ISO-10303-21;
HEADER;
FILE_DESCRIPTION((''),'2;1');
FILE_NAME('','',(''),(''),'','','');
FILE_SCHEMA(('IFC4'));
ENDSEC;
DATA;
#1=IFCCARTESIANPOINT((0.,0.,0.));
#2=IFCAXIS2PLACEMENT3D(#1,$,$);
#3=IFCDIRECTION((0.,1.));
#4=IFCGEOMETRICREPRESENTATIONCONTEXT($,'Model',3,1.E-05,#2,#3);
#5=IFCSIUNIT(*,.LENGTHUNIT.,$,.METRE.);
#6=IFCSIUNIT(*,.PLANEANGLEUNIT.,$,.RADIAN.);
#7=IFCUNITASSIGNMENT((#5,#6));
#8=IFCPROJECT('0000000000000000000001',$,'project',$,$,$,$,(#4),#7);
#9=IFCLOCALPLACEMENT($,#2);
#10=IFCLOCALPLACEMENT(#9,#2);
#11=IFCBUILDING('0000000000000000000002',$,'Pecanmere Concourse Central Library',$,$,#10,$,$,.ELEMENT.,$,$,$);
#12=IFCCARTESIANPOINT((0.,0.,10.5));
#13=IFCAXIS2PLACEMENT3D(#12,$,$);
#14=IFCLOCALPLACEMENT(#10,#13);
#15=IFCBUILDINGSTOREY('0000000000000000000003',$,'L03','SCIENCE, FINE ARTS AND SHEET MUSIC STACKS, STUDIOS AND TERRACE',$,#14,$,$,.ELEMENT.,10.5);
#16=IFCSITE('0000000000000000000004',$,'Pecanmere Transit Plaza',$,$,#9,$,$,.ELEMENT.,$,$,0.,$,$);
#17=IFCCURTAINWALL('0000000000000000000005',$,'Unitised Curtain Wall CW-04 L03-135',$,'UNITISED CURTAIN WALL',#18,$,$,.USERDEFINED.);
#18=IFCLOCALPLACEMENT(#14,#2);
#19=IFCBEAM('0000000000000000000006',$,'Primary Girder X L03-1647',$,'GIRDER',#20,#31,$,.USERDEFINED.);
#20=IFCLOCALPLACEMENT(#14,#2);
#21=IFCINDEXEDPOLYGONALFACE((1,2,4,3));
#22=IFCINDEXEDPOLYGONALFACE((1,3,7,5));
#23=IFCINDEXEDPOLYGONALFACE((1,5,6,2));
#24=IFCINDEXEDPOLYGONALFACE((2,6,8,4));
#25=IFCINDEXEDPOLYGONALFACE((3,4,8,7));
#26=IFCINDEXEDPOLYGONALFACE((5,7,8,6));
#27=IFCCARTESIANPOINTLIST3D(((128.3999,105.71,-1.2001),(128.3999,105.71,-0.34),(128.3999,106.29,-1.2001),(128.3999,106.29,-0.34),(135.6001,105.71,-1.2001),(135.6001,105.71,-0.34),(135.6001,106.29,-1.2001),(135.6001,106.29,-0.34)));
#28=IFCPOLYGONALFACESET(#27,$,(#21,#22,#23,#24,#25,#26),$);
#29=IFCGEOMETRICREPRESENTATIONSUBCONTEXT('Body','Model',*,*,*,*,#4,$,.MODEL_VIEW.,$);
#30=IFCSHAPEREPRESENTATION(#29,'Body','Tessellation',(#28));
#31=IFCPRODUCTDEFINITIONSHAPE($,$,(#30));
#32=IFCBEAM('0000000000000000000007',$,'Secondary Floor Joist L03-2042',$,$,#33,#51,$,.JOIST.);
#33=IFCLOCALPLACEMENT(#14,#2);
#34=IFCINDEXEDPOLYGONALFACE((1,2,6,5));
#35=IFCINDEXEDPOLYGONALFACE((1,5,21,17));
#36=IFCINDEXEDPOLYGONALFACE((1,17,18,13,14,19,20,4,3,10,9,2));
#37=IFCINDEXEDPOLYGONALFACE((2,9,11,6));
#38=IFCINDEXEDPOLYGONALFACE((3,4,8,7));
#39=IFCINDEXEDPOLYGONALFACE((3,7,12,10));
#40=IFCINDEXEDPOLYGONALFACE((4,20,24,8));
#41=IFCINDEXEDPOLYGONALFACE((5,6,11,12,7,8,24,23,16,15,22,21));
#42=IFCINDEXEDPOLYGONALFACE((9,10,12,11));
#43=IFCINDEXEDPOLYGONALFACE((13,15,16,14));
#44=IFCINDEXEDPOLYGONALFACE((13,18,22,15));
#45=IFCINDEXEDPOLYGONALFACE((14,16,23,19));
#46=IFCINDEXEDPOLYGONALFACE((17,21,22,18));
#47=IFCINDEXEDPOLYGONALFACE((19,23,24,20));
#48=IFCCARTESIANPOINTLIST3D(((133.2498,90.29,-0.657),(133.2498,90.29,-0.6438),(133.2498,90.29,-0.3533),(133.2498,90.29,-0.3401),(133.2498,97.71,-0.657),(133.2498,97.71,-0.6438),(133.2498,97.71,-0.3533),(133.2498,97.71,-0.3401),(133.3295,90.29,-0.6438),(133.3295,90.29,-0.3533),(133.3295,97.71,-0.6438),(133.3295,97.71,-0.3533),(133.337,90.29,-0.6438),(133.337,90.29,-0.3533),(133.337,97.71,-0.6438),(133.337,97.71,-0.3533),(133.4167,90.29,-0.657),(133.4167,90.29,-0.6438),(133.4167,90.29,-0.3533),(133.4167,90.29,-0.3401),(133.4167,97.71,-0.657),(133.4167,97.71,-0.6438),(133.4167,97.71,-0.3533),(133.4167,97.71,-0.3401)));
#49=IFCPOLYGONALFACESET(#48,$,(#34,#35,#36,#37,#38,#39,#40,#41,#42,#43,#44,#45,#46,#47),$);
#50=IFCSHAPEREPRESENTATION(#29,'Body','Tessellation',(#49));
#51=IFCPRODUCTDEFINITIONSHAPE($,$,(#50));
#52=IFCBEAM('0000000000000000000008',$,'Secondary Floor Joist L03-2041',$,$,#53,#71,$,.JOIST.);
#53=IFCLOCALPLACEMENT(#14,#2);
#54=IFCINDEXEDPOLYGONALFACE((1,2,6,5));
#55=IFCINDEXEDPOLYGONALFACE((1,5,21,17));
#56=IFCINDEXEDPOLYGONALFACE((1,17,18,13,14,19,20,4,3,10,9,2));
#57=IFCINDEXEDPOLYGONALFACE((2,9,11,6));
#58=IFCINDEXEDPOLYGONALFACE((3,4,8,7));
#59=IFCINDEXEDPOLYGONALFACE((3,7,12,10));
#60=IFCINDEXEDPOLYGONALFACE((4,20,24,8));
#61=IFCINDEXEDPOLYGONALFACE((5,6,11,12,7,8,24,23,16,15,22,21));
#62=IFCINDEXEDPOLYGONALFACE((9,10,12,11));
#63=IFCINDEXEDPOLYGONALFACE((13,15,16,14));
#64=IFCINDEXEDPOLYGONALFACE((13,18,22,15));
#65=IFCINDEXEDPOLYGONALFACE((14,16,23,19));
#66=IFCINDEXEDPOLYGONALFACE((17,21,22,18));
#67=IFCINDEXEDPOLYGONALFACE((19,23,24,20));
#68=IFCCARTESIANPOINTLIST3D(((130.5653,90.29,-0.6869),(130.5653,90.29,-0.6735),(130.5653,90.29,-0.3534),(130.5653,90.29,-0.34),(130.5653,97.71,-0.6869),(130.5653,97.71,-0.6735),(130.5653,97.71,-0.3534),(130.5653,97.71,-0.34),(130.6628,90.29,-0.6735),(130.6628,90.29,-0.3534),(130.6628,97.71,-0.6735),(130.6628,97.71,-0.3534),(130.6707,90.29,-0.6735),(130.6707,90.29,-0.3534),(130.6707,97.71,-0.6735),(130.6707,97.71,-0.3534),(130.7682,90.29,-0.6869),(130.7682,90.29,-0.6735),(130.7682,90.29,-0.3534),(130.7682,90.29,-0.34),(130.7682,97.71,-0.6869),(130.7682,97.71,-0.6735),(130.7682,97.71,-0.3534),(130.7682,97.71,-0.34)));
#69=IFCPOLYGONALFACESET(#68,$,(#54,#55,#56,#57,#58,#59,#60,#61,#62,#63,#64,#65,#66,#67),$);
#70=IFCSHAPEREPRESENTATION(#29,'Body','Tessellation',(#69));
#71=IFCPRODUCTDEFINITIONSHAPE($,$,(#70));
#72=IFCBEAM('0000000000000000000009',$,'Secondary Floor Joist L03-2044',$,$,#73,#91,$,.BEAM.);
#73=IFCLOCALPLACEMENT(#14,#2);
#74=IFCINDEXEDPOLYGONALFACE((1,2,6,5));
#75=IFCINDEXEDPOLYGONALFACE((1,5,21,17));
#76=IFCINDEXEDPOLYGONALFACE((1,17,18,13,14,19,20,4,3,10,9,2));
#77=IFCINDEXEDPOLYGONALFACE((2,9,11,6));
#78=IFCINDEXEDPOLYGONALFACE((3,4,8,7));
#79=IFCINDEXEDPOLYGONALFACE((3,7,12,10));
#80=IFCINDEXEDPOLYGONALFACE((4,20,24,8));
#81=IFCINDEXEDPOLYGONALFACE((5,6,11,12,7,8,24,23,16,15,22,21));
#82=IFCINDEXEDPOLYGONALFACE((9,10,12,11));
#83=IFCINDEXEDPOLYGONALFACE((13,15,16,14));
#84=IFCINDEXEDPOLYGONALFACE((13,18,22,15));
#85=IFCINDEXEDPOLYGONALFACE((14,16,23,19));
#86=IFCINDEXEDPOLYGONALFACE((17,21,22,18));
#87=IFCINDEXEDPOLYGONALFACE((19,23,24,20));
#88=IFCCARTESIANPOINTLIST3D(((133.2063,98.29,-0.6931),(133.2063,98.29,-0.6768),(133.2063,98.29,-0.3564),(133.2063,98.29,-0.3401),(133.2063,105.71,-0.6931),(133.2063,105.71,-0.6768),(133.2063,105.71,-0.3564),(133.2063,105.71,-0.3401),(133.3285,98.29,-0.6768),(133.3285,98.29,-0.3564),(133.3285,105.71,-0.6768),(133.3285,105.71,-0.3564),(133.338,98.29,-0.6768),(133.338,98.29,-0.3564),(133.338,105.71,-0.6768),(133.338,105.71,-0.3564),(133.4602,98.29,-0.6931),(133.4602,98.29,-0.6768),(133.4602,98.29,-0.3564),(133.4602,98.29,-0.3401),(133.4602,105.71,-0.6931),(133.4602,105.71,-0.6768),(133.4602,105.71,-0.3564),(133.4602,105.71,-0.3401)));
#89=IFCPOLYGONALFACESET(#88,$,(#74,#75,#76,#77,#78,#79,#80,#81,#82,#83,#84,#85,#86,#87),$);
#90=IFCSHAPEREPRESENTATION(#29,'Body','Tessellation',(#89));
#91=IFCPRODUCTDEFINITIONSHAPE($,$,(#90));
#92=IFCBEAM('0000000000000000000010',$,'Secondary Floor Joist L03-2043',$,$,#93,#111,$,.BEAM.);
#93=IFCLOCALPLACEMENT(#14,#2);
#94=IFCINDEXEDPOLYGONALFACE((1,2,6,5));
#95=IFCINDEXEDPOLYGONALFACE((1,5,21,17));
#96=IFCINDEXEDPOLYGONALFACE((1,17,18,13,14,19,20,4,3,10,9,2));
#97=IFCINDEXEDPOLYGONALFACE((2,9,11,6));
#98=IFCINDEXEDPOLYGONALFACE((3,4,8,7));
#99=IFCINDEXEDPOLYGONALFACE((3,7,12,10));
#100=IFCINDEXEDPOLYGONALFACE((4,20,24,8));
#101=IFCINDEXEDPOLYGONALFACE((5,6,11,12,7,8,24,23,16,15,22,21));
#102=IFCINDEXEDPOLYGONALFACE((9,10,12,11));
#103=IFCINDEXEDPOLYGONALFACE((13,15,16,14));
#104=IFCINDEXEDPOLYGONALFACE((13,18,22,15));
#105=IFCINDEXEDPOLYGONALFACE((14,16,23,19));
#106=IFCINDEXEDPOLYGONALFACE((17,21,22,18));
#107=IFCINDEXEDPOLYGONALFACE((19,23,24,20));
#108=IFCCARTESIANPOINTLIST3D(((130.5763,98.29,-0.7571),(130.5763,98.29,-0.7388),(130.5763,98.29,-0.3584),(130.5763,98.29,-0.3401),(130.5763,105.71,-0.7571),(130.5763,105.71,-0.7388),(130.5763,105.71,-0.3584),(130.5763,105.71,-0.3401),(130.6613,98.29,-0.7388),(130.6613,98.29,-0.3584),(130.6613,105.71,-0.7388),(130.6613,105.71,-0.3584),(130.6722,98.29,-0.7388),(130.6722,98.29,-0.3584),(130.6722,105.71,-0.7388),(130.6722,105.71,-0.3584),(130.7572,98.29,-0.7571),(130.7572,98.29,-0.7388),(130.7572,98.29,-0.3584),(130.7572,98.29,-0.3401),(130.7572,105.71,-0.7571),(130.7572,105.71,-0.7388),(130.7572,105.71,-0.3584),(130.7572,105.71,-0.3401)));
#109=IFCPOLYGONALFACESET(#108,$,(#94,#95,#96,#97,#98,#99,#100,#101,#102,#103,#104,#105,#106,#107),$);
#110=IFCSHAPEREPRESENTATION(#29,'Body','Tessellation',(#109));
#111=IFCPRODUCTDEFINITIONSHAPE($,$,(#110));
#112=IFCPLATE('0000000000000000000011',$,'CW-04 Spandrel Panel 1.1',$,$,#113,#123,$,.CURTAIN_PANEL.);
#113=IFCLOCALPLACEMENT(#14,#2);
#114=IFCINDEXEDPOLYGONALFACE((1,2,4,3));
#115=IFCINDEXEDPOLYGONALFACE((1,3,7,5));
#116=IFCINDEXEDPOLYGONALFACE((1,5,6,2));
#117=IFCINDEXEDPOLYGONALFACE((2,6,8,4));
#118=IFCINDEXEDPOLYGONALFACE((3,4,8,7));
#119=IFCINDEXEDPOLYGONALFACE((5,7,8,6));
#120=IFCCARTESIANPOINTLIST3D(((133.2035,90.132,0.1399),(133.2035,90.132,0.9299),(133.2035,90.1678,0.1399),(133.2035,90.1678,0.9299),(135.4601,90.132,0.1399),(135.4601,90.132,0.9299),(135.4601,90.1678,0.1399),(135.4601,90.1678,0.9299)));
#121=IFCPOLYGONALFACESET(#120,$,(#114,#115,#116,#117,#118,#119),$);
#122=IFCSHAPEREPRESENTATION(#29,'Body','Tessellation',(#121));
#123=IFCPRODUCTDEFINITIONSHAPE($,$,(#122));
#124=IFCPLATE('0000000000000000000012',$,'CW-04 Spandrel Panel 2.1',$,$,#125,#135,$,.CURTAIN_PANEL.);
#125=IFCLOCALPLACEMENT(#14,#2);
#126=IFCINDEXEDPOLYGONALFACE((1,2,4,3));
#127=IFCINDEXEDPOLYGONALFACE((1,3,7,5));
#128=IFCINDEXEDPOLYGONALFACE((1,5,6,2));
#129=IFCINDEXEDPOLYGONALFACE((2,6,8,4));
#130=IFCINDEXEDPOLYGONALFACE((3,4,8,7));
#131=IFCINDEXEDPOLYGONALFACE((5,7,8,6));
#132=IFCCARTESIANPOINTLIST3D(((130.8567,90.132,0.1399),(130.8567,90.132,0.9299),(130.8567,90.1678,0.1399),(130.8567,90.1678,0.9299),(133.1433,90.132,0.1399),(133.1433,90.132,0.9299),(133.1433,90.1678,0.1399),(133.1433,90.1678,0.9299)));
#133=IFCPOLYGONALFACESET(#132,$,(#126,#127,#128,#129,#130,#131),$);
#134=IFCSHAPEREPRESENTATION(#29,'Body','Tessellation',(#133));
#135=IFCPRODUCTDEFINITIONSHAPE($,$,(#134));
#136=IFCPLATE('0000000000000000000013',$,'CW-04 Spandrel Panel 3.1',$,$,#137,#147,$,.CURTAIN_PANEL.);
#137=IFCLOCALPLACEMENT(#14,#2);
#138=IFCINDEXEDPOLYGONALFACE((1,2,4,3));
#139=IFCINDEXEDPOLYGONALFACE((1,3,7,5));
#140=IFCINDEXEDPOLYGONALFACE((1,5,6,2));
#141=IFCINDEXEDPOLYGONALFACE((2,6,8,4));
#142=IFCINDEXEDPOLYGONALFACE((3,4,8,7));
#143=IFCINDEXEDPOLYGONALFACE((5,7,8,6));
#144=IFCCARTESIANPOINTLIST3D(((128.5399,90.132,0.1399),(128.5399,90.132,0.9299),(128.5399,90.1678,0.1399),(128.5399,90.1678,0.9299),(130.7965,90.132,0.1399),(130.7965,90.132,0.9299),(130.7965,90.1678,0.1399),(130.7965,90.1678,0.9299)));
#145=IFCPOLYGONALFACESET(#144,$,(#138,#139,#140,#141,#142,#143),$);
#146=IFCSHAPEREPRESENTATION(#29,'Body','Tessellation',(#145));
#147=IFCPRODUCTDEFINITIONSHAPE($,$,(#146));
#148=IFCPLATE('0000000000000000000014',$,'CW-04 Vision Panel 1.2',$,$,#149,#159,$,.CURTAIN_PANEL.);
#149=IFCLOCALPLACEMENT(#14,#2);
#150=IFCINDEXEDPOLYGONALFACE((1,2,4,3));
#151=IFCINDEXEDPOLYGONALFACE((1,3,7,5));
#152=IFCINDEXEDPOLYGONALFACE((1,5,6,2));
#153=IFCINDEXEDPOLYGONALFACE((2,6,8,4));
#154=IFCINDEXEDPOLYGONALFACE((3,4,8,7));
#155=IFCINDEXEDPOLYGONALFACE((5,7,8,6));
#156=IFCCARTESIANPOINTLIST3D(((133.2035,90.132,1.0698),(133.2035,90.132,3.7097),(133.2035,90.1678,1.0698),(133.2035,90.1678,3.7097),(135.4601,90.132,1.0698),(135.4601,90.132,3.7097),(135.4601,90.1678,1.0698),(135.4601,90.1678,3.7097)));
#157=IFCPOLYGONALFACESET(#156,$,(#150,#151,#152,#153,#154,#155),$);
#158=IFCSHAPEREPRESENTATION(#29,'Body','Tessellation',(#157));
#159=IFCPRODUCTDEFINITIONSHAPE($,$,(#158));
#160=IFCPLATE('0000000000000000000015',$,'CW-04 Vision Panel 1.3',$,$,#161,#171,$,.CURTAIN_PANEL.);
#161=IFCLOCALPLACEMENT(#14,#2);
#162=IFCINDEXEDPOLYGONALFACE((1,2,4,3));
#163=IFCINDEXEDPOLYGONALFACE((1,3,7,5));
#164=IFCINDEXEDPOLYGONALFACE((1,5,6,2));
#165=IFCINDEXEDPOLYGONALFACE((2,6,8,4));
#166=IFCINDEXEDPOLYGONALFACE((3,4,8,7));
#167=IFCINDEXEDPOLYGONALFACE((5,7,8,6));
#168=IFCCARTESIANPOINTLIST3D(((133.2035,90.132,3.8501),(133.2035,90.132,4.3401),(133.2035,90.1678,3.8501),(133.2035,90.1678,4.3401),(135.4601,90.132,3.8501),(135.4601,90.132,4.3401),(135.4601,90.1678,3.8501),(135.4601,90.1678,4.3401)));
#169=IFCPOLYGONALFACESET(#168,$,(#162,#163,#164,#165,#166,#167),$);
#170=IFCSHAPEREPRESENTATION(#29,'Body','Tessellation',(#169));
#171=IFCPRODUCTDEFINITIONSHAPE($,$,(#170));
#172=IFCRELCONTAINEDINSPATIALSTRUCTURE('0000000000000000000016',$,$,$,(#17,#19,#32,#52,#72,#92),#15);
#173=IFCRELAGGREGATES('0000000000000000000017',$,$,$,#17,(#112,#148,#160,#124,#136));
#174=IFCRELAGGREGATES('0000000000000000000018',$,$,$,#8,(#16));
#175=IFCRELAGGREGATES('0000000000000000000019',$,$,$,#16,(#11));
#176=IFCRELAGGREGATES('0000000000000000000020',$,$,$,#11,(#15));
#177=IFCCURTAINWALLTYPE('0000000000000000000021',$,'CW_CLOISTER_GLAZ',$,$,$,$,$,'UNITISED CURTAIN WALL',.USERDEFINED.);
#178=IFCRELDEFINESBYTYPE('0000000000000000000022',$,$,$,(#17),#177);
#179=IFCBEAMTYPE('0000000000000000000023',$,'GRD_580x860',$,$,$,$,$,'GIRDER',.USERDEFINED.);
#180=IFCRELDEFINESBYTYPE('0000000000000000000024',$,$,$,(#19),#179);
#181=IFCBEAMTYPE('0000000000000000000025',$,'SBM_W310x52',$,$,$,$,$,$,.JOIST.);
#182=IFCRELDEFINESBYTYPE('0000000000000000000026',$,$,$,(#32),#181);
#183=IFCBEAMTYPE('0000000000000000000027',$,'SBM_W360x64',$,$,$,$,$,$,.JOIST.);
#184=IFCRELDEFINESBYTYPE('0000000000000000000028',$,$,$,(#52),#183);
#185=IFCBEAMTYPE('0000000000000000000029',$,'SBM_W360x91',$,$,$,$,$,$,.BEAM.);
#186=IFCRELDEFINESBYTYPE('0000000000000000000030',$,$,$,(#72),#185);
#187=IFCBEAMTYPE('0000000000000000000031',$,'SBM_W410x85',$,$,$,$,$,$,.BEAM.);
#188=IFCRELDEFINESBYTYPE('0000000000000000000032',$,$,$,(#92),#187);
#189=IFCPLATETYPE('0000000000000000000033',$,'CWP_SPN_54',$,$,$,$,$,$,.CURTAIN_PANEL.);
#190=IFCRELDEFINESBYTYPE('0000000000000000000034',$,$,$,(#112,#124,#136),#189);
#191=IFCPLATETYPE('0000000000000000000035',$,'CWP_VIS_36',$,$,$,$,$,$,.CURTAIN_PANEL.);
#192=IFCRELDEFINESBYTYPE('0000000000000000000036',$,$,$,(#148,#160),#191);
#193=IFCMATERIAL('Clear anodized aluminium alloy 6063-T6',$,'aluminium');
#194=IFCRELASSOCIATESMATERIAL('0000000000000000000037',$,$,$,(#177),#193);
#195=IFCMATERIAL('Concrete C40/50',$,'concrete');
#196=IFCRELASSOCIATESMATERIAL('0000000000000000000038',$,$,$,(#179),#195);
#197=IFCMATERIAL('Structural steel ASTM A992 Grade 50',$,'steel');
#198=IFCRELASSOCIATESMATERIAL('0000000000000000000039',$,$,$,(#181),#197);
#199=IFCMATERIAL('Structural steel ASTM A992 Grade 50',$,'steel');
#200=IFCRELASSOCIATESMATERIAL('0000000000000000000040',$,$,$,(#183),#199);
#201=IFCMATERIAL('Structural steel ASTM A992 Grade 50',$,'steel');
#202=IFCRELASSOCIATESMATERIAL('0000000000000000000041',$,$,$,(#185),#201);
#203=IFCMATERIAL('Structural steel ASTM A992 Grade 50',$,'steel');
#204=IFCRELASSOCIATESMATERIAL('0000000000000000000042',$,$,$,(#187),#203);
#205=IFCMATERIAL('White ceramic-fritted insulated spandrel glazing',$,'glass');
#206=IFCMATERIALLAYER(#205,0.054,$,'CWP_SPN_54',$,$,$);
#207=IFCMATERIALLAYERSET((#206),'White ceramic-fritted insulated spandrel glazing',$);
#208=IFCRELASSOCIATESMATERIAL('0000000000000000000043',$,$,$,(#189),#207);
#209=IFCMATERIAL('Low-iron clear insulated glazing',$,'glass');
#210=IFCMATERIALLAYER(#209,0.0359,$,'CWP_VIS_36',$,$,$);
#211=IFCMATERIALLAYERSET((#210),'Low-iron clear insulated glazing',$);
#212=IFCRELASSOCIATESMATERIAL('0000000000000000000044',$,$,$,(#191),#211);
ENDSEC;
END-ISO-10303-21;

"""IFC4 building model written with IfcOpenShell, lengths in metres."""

from ifc_helpers import new_model, si_unit, direction, frame, origin, origin_2d, place, context, subcontext, project, spatial, rectangle, i_section, extrude, material, layer, layer_set, material_profile, profile_set, type_object, element, aggregate, save


model = new_model("IFC4")

# Units and contexts
model_context = context("Model", 3, precision=1e-05, world=origin(), true_north=direction((0.0, 1.0)))
body_context = subcontext(model_context, "Body", "Model", "MODEL_VIEW")
ifc_project = project(units=[si_unit("LENGTHUNIT", "METRE"), si_unit("PLANEANGLEUNIT", "RADIAN")], contexts=[model_context])

# Site, building, storey
site_placement = place(None, origin())
site = spatial("IfcSite", under=ifc_project, at=site_placement, Name="Pecanmere Transit Plaza", CompositionType="ELEMENT", RefElevation=0.0)
building_placement = place(site_placement, origin())
building = spatial("IfcBuilding", under=site, at=building_placement, Name="Pecanmere Concourse Central Library", CompositionType="ELEMENT")
storey_placement = place(building_placement, frame((0.0, 0.0, 10.5)))
storey = spatial("IfcBuildingStorey", under=building, at=storey_placement, Name="L03", Description="SCIENCE, FINE ARTS AND SHEET MUSIC STACKS, STUDIOS AND TERRACE", CompositionType="ELEMENT", Elevation=10.5)

# Curtain wall
ifc_material_1 = material(Name="Clear anodized aluminium alloy 6063-T6", Category="aluminium")
curtain_wall_type = type_object("IfcCurtainWallType", Name="CW_CLOISTER_GLAZ", ElementType="UNITISED CURTAIN WALL", PredefinedType="USERDEFINED", material=ifc_material_1)
curtain_wall_placement = place(storey_placement, origin())
curtain_wall = element("IfcCurtainWall", 1, at=curtain_wall_placement, inside=storey, type_object=curtain_wall_type, Name="Unitised Curtain Wall CW-04 L03-135", ObjectType="UNITISED CURTAIN WALL", PredefinedType="USERDEFINED")

# Beams
ifc_material_2 = material(Name="Concrete C40/50", Category="concrete")
ifc_material_profile_1 = material_profile(ifc_material_2, rectangle(XDim=0.5801, YDim=0.8601, at=origin_2d()), Name="RC 580x860")
ifc_profile_set_1 = profile_set([ifc_material_profile_1], Name="Concrete C40/50")
beam_type_1 = type_object("IfcBeamType", Name="GRD_580x860", ElementType="GIRDER", PredefinedType="USERDEFINED", material=ifc_profile_set_1)
for number, where, z_axis, x_axis, name in (
    (2, (128.3999, 106.0, -0.77), (1.0, 0.0, 0.0), (0.0, 1.0, 0.0), "Primary Girder X L03-1647"),
):
    element("IfcBeam", number, at=place(storey_placement, frame(where, z_axis=z_axis, x_axis=x_axis)), inside=storey, type_object=beam_type_1, Name=name, ObjectType="GIRDER", PredefinedType="USERDEFINED", context=body_context, shape_type="SweptSolid", body=[
        extrude(rectangle(XDim=0.5801, YDim=0.8601, at=origin_2d()), origin(), (0.0, 0.0, 1.0), 7.2002),
    ])
ifc_material_3 = material(Name="Structural steel ASTM A992 Grade 50", Category="steel")
ifc_material_profile_2 = material_profile(ifc_material_3, i_section(OverallWidth=0.167, OverallDepth=0.3169, WebThickness=0.0076, FlangeThickness=0.0132, at=origin_2d()), Name="W310x52")
ifc_profile_set_2 = profile_set([ifc_material_profile_2], Name="Structural steel ASTM A992 Grade 50")
beam_type_2 = type_object("IfcBeamType", Name="SBM_W310x52", PredefinedType="JOIST", material=ifc_profile_set_2)
beam_1_placement = place(storey_placement, frame((133.3333, 90.29, -0.4985), z_axis=(0.0, 1.0, 0.0), x_axis=(-1.0, 0.0, 0.0)))
element("IfcBeam", 3, at=beam_1_placement, inside=storey, type_object=beam_type_2, Name="Secondary Floor Joist L03-2042", PredefinedType="JOIST", context=body_context, shape_type="SweptSolid", body=[
    extrude(i_section(OverallWidth=0.167, OverallDepth=0.3169, WebThickness=0.0076, FlangeThickness=0.0132, at=origin_2d()), origin(), (0.0, 0.0, 1.0), 7.4199),
])
ifc_material_4 = material(Name="Structural steel ASTM A992 Grade 50", Category="steel")
ifc_material_profile_3 = material_profile(ifc_material_4, i_section(OverallWidth=0.2029, OverallDepth=0.3469, WebThickness=0.0078, FlangeThickness=0.0134, at=origin_2d()), Name="W360x64")
ifc_profile_set_3 = profile_set([ifc_material_profile_3], Name="Structural steel ASTM A992 Grade 50")
beam_type_3 = type_object("IfcBeamType", Name="SBM_W360x64", PredefinedType="JOIST", material=ifc_profile_set_3)
beam_2_placement = place(storey_placement, frame((130.6667, 90.29, -0.5134), z_axis=(0.0, 1.0, 0.0), x_axis=(-1.0, 0.0, 0.0)))
element("IfcBeam", 4, at=beam_2_placement, inside=storey, type_object=beam_type_3, Name="Secondary Floor Joist L03-2041", PredefinedType="JOIST", context=body_context, shape_type="SweptSolid", body=[
    extrude(i_section(OverallWidth=0.2029, OverallDepth=0.3469, WebThickness=0.0078, FlangeThickness=0.0134, at=origin_2d()), origin(), (0.0, 0.0, 1.0), 7.4199),
])
ifc_material_5 = material(Name="Structural steel ASTM A992 Grade 50", Category="steel")
ifc_material_profile_4 = material_profile(ifc_material_5, i_section(OverallWidth=0.2539, OverallDepth=0.353, WebThickness=0.0095, FlangeThickness=0.0164, at=origin_2d()), Name="W360x91")
ifc_profile_set_4 = profile_set([ifc_material_profile_4], Name="Structural steel ASTM A992 Grade 50")
beam_type_4 = type_object("IfcBeamType", Name="SBM_W360x91", PredefinedType="BEAM", material=ifc_profile_set_4)
beam_3_placement = place(storey_placement, frame((133.3333, 98.29, -0.5166), z_axis=(0.0, 1.0, 0.0), x_axis=(-1.0, 0.0, 0.0)))
element("IfcBeam", 5, at=beam_3_placement, inside=storey, type_object=beam_type_4, Name="Secondary Floor Joist L03-2044", PredefinedType="BEAM", context=body_context, shape_type="SweptSolid", body=[
    extrude(i_section(OverallWidth=0.2539, OverallDepth=0.353, WebThickness=0.0095, FlangeThickness=0.0164, at=origin_2d()), origin(), (0.0, 0.0, 1.0), 7.4199),
])
ifc_material_6 = material(Name="Structural steel ASTM A992 Grade 50", Category="steel")
ifc_material_profile_5 = material_profile(ifc_material_6, i_section(OverallWidth=0.1809, OverallDepth=0.417, WebThickness=0.011, FlangeThickness=0.0183, at=origin_2d()), Name="W410x85")
ifc_profile_set_5 = profile_set([ifc_material_profile_5], Name="Structural steel ASTM A992 Grade 50")
beam_type_5 = type_object("IfcBeamType", Name="SBM_W410x85", PredefinedType="BEAM", material=ifc_profile_set_5)
beam_4_placement = place(storey_placement, frame((130.6667, 98.29, -0.5486), z_axis=(0.0, 1.0, 0.0), x_axis=(-1.0, 0.0, 0.0)))
element("IfcBeam", 6, at=beam_4_placement, inside=storey, type_object=beam_type_5, Name="Secondary Floor Joist L03-2043", PredefinedType="BEAM", context=body_context, shape_type="SweptSolid", body=[
    extrude(i_section(OverallWidth=0.1809, OverallDepth=0.417, WebThickness=0.011, FlangeThickness=0.0183, at=origin_2d()), origin(), (0.0, 0.0, 1.0), 7.4199),
])

# Plates
ifc_material_7 = material(Name="White ceramic-fritted insulated spandrel glazing", Category="glass")
ifc_layer_1 = layer(ifc_material_7, 0.054, Name="CWP_SPN_54")
ifc_layer_set_1 = layer_set([ifc_layer_1], Name="White ceramic-fritted insulated spandrel glazing")
plate_type_1 = type_object("IfcPlateType", Name="CWP_SPN_54", PredefinedType="CURTAIN_PANEL", material=ifc_layer_set_1)
plate_1_placement = place(storey_placement, frame((134.3318, 90.1499, 0.1399), z_axis=(0.0, 0.0, 1.0), x_axis=(-1.0, 0.0, 0.0)))
plate_1 = element("IfcPlate", 7, at=plate_1_placement, type_object=plate_type_1, Name="CW-04 Spandrel Panel 1.1", PredefinedType="CURTAIN_PANEL", context=body_context, shape_type="SweptSolid", body=[
    extrude(rectangle(XDim=2.2566, YDim=0.0359, at=origin_2d()), origin(), (0.0, 0.0, 1.0), 0.79),
])
plate_2_placement = place(storey_placement, frame((132.0, 90.1499, 0.1399), z_axis=(0.0, 0.0, 1.0), x_axis=(-1.0, 0.0, 0.0)))
plate_2 = element("IfcPlate", 8, at=plate_2_placement, type_object=plate_type_1, Name="CW-04 Spandrel Panel 2.1", PredefinedType="CURTAIN_PANEL", context=body_context, shape_type="SweptSolid", body=[
    extrude(rectangle(XDim=2.2866, YDim=0.0359, at=origin_2d()), origin(), (0.0, 0.0, 1.0), 0.79),
])
plate_3_placement = place(storey_placement, frame((129.6682, 90.1499, 0.1399), z_axis=(0.0, 0.0, 1.0), x_axis=(-1.0, 0.0, 0.0)))
plate_3 = element("IfcPlate", 9, at=plate_3_placement, type_object=plate_type_1, Name="CW-04 Spandrel Panel 3.1", PredefinedType="CURTAIN_PANEL", context=body_context, shape_type="SweptSolid", body=[
    extrude(rectangle(XDim=2.2566, YDim=0.0359, at=origin_2d()), origin(), (0.0, 0.0, 1.0), 0.79),
])
ifc_material_8 = material(Name="Low-iron clear insulated glazing", Category="glass")
ifc_layer_2 = layer(ifc_material_8, 0.0359, Name="CWP_VIS_36")
ifc_layer_set_2 = layer_set([ifc_layer_2], Name="Low-iron clear insulated glazing")
plate_type_2 = type_object("IfcPlateType", Name="CWP_VIS_36", PredefinedType="CURTAIN_PANEL", material=ifc_layer_set_2)
plate_4_placement = place(storey_placement, frame((134.3318, 90.1499, 1.0698), z_axis=(0.0, 0.0, 1.0), x_axis=(-1.0, 0.0, 0.0)))
plate_4 = element("IfcPlate", 10, at=plate_4_placement, type_object=plate_type_2, Name="CW-04 Vision Panel 1.2", PredefinedType="CURTAIN_PANEL", context=body_context, shape_type="SweptSolid", body=[
    extrude(rectangle(XDim=2.2566, YDim=0.0359, at=origin_2d()), origin(), (0.0, 0.0, 1.0), 2.6399),
])
plate_5_placement = place(storey_placement, frame((134.3318, 90.1499, 3.8501), z_axis=(0.0, 0.0, 1.0), x_axis=(-1.0, 0.0, 0.0)))
plate_5 = element("IfcPlate", 11, at=plate_5_placement, type_object=plate_type_2, Name="CW-04 Vision Panel 1.3", PredefinedType="CURTAIN_PANEL", context=body_context, shape_type="SweptSolid", body=[
    extrude(rectangle(XDim=2.2566, YDim=0.0359, at=origin_2d()), origin(), (0.0, 0.0, 1.0), 0.49),
])
aggregate(curtain_wall, [plate_1, plate_4, plate_5, plate_2, plate_3])

save(model, "model.ifc")
